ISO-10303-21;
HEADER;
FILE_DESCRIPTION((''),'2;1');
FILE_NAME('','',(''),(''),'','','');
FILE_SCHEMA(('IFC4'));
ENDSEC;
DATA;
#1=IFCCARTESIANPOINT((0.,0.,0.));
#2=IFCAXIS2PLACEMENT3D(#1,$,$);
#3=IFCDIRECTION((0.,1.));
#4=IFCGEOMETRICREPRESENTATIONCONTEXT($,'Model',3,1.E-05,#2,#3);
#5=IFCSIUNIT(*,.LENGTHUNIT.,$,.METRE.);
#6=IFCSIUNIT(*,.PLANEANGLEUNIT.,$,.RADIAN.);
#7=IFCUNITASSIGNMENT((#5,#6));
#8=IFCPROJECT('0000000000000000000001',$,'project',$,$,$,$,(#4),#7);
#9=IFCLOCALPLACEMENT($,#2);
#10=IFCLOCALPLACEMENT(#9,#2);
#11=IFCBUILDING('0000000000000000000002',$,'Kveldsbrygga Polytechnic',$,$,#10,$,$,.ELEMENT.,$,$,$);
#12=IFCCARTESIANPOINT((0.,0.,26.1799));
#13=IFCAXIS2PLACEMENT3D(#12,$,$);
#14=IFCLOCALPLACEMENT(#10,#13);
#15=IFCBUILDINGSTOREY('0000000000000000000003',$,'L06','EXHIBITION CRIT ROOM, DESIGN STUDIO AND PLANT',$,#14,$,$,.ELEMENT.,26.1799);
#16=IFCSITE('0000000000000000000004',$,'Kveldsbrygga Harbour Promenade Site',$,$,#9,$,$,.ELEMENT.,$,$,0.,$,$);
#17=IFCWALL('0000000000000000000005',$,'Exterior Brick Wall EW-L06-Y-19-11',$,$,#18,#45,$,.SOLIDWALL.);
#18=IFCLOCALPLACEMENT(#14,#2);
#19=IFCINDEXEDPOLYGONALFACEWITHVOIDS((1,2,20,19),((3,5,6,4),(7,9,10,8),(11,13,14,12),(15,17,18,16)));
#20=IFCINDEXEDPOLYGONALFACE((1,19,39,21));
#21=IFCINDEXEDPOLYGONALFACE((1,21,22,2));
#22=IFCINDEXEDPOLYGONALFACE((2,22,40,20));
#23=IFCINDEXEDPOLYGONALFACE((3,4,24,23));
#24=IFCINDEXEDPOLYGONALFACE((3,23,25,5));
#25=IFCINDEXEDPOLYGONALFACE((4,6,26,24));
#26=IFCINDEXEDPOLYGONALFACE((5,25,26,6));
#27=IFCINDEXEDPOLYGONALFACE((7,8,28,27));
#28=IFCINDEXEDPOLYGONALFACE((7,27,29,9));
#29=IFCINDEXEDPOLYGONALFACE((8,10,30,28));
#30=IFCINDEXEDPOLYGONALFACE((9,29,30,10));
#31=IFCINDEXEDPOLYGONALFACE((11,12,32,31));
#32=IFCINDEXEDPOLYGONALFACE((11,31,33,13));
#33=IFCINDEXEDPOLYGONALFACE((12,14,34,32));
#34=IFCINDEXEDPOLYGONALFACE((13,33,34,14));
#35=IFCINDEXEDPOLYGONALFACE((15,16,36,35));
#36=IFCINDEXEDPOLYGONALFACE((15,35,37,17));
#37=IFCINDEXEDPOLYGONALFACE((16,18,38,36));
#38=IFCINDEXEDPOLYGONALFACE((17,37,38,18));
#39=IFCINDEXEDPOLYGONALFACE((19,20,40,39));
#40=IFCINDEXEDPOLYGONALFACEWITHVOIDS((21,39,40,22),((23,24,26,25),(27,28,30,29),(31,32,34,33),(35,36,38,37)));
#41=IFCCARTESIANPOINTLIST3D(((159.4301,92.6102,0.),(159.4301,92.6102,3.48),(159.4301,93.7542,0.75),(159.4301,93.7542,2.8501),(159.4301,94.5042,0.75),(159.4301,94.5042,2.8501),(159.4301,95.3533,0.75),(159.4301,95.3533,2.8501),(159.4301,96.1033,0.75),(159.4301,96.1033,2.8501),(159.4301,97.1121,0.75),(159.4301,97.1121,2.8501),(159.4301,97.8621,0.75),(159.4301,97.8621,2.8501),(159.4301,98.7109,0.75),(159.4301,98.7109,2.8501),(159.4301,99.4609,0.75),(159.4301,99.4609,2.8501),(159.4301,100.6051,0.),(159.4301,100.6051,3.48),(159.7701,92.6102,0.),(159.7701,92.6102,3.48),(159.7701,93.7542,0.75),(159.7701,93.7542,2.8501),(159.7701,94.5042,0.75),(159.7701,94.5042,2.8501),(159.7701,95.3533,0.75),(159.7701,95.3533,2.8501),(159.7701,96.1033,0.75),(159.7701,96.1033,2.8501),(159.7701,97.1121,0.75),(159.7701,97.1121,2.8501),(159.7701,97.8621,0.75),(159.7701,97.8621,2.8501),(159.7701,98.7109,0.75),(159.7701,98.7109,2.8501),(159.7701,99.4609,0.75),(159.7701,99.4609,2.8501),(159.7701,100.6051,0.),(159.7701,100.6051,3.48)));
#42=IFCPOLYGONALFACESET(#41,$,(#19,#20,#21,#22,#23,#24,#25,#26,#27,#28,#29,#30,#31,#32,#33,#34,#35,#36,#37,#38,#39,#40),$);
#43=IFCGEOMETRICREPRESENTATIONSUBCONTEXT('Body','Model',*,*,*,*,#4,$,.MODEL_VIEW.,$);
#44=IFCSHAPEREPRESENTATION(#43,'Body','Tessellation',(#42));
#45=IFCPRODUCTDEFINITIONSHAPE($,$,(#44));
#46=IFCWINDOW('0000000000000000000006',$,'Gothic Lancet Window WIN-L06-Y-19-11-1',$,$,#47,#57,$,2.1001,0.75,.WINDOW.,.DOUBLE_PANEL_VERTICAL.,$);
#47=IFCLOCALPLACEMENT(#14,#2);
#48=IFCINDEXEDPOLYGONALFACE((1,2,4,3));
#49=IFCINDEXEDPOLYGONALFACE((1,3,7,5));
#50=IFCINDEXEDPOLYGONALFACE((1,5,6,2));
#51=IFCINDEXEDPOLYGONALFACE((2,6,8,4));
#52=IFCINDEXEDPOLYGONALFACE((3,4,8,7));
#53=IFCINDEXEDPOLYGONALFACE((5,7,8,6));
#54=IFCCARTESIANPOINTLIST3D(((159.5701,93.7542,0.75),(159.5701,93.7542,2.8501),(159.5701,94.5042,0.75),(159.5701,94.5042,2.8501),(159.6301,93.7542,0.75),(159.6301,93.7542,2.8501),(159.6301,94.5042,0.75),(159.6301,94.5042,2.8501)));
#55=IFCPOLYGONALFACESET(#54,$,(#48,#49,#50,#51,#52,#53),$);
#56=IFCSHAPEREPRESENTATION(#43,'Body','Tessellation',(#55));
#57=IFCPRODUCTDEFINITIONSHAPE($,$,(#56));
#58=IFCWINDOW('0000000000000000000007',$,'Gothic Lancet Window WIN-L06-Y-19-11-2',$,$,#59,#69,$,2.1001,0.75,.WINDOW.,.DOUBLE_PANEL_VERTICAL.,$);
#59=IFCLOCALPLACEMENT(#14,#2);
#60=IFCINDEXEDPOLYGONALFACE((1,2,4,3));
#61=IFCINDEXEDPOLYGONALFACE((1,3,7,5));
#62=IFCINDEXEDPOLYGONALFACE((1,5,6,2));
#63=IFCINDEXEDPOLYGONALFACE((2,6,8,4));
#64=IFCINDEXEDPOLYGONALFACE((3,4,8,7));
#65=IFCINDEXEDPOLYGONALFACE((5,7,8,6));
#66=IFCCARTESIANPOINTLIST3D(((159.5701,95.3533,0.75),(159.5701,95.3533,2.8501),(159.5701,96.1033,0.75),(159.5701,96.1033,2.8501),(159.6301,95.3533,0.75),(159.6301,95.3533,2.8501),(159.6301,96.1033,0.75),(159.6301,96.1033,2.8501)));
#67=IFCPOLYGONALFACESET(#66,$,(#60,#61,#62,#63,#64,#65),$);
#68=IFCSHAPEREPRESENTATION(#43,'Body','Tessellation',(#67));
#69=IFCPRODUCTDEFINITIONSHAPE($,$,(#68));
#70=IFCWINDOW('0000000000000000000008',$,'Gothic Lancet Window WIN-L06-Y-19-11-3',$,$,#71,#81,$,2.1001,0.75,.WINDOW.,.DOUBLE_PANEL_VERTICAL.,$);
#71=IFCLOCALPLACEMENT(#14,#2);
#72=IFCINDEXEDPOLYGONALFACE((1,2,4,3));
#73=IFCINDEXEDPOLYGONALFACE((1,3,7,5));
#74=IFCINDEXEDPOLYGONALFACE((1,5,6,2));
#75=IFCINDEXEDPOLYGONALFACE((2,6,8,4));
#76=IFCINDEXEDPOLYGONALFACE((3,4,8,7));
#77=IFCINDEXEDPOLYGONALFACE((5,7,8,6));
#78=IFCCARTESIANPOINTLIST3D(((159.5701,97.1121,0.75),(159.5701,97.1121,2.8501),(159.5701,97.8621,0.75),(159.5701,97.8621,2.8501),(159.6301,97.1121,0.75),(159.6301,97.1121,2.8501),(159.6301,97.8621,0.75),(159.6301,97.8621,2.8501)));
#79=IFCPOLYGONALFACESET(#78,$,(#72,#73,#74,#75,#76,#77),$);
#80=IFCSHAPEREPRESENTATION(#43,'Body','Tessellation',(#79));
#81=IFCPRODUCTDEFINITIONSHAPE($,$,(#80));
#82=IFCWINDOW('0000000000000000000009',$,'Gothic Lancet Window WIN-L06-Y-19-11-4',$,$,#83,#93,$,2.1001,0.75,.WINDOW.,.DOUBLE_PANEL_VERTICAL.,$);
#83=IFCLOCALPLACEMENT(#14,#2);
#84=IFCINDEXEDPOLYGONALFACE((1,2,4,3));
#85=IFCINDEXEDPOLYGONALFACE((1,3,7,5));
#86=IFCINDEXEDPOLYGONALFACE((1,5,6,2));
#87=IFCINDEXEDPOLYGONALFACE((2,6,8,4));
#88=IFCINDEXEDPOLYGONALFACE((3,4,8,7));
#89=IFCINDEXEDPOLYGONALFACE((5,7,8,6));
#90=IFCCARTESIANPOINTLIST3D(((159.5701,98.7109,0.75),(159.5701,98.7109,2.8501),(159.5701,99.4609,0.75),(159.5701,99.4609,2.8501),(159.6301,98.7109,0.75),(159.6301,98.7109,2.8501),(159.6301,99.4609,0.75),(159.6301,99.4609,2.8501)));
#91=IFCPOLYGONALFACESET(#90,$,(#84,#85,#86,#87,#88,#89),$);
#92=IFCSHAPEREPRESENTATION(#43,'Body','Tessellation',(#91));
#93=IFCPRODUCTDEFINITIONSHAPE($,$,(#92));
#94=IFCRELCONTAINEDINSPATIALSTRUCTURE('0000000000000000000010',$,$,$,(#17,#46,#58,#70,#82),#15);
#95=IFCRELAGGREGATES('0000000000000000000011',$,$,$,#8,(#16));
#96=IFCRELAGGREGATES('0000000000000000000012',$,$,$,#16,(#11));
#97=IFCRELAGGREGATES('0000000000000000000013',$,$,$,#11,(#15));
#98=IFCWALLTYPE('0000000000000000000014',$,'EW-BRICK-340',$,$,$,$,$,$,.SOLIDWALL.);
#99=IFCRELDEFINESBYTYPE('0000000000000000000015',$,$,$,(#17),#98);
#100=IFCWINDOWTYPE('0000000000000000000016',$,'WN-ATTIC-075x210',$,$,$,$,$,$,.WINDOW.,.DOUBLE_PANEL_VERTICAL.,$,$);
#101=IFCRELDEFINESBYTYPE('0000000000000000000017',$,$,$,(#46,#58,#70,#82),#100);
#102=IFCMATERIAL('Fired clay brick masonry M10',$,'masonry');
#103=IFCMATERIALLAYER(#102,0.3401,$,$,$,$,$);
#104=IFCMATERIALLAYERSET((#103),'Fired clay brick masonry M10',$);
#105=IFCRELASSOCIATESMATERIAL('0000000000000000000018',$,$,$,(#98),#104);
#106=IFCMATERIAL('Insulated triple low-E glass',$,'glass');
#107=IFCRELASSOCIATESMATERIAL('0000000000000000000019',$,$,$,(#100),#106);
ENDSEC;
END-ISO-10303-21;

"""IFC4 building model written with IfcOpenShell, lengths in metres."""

from ifc_helpers import new_model, si_unit, direction, frame, frame_2d, origin, place, context, subcontext, project, spatial, rectangle, extrude, material, layer, layer_set, type_object, element, fill, save


model = new_model("IFC4")

# Units and contexts
model_context = context("Model", 3, precision=1e-05, world=origin(), true_north=direction((0.0, 1.0)))
body_context = subcontext(model_context, "Body", "Model", "MODEL_VIEW")
ifc_project = project(units=[si_unit("LENGTHUNIT", "METRE"), si_unit("PLANEANGLEUNIT", "RADIAN")], contexts=[model_context])

# Site, building, storey
site_placement = place(None, origin())
site = spatial("IfcSite", under=ifc_project, at=site_placement, Name="Kveldsbrygga Harbour Promenade Site", CompositionType="ELEMENT", RefElevation=0.0)
building_placement = place(site_placement, origin())
building = spatial("IfcBuilding", under=site, at=building_placement, Name="Kveldsbrygga Polytechnic", CompositionType="ELEMENT")
storey_placement = place(building_placement, frame((0.0, 0.0, 26.1799)))
storey = spatial("IfcBuildingStorey", under=building, at=storey_placement, Name="L06", Description="EXHIBITION CRIT ROOM, DESIGN STUDIO AND PLANT", CompositionType="ELEMENT", Elevation=26.1799)

# Wall, openings, windows
ifc_material_1 = material(Name="Fired clay brick masonry M10", Category="masonry")
ifc_layer_1 = layer(ifc_material_1, 0.3401)
ifc_layer_set_1 = layer_set([ifc_layer_1], Name="Fired clay brick masonry M10")
wall_type = type_object("IfcWallType", Name="EW-BRICK-340", PredefinedType="SOLIDWALL", material=ifc_layer_set_1)
ifc_material_2 = material(Name="Insulated triple low-E glass", Category="glass")
wall_1_placement = place(storey_placement, frame((159.6001, 92.6101, 0.0), z_axis=(0.0, 0.0, 1.0), x_axis=(0.0, 1.0, 0.0)))
wall_1 = element("IfcWall", 1, at=wall_1_placement, inside=storey, type_object=wall_type, Name="Exterior Brick Wall EW-L06-Y-19-11", PredefinedType="SOLIDWALL", context=body_context, shape_type="SweptSolid", body=[
    extrude(rectangle(XDim=7.9949, YDim=0.3401, at=frame_2d((3.9976, 0.0))), origin(), (0.0, 0.0, 1.0), 3.48),
])
opening_1_placement = place(wall_1_placement, frame((1.144, 0.0, 0.75)))
opening_1 = element("IfcOpeningElement", 2, at=opening_1_placement, cuts=wall_1, PredefinedType="OPENING", context=body_context, shape_type="SweptSolid", body=[
    extrude(rectangle(XDim=0.75, YDim=2.1001, at=frame_2d((0.375, 1.05))), frame((0.0, 0.1802, 0.0), z_axis=(0.0, -1.0, 0.0), x_axis=(1.0, 0.0, 0.0)), (0.0, 0.0, 1.0), 0.3601),
])
opening_2_placement = place(wall_1_placement, frame((2.7432, 0.0, 0.75)))
opening_2 = element("IfcOpeningElement", 3, at=opening_2_placement, cuts=wall_1, PredefinedType="OPENING", context=body_context, shape_type="SweptSolid", body=[
    extrude(rectangle(XDim=0.75, YDim=2.1001, at=frame_2d((0.375, 1.05))), frame((0.0, 0.1802, 0.0), z_axis=(0.0, -1.0, 0.0), x_axis=(1.0, 0.0, 0.0)), (0.0, 0.0, 1.0), 0.3601),
])
opening_3_placement = place(wall_1_placement, frame((4.502, 0.0, 0.75)))
opening_3 = element("IfcOpeningElement", 4, at=opening_3_placement, cuts=wall_1, PredefinedType="OPENING", context=body_context, shape_type="SweptSolid", body=[
    extrude(rectangle(XDim=0.75, YDim=2.1001, at=frame_2d((0.375, 1.05))), frame((0.0, 0.1802, 0.0), z_axis=(0.0, -1.0, 0.0), x_axis=(1.0, 0.0, 0.0)), (0.0, 0.0, 1.0), 0.3601),
])
opening_4_placement = place(wall_1_placement, frame((6.1008, 0.0, 0.75)))
opening_4 = element("IfcOpeningElement", 5, at=opening_4_placement, cuts=wall_1, PredefinedType="OPENING", context=body_context, shape_type="SweptSolid", body=[
    extrude(rectangle(XDim=0.75, YDim=2.1001, at=frame_2d((0.375, 1.05))), frame((0.0, 0.1802, 0.0), z_axis=(0.0, -1.0, 0.0), x_axis=(1.0, 0.0, 0.0)), (0.0, 0.0, 1.0), 0.3601),
])
window_type_1 = type_object("IfcWindowType", Name="WN-ATTIC-075x210", PartitioningType="DOUBLE_PANEL_VERTICAL", PredefinedType="WINDOW", material=ifc_material_2)
window_1_placement = place(opening_1_placement, origin())
window_1 = element("IfcWindow", 6, at=window_1_placement, inside=storey, type_object=window_type_1, Name="Gothic Lancet Window WIN-L06-Y-19-11-1", OverallHeight=2.1001, OverallWidth=0.75, PartitioningType="DOUBLE_PANEL_VERTICAL", PredefinedType="WINDOW", context=body_context, shape_type="SweptSolid", body=[
    extrude(rectangle(XDim=0.75, YDim=2.1001, at=frame_2d((0.375, 1.05))), frame((0.0, 0.03, 0.0), z_axis=(0.0, -1.0, 0.0), x_axis=(1.0, 0.0, 0.0)), (0.0, 0.0, 1.0), 0.0601),
])
fill(opening_1, window_1)
window_2_placement = place(opening_2_placement, origin())
window_2 = element("IfcWindow", 7, at=window_2_placement, inside=storey, type_object=window_type_1, Name="Gothic Lancet Window WIN-L06-Y-19-11-2", OverallHeight=2.1001, OverallWidth=0.75, PartitioningType="DOUBLE_PANEL_VERTICAL", PredefinedType="WINDOW", context=body_context, shape_type="SweptSolid", body=[
    extrude(rectangle(XDim=0.75, YDim=2.1001, at=frame_2d((0.375, 1.05))), frame((0.0, 0.03, 0.0), z_axis=(0.0, -1.0, 0.0), x_axis=(1.0, 0.0, 0.0)), (0.0, 0.0, 1.0), 0.0601),
])
fill(opening_2, window_2)
window_3_placement = place(opening_3_placement, origin())
window_3 = element("IfcWindow", 8, at=window_3_placement, inside=storey, type_object=window_type_1, Name="Gothic Lancet Window WIN-L06-Y-19-11-3", OverallHeight=2.1001, OverallWidth=0.75, PartitioningType="DOUBLE_PANEL_VERTICAL", PredefinedType="WINDOW", context=body_context, shape_type="SweptSolid", body=[
    extrude(rectangle(XDim=0.75, YDim=2.1001, at=frame_2d((0.375, 1.05))), frame((0.0, 0.03, 0.0), z_axis=(0.0, -1.0, 0.0), x_axis=(1.0, 0.0, 0.0)), (0.0, 0.0, 1.0), 0.0601),
])
fill(opening_3, window_3)
window_4_placement = place(opening_4_placement, origin())
window_4 = element("IfcWindow", 9, at=window_4_placement, inside=storey, type_object=window_type_1, Name="Gothic Lancet Window WIN-L06-Y-19-11-4", OverallHeight=2.1001, OverallWidth=0.75, PartitioningType="DOUBLE_PANEL_VERTICAL", PredefinedType="WINDOW", context=body_context, shape_type="SweptSolid", body=[
    extrude(rectangle(XDim=0.75, YDim=2.1001, at=frame_2d((0.375, 1.05))), frame((0.0, 0.03, 0.0), z_axis=(0.0, -1.0, 0.0), x_axis=(1.0, 0.0, 0.0)), (0.0, 0.0, 1.0), 0.0601),
])
fill(opening_4, window_4)

save(model, "model.ifc")
